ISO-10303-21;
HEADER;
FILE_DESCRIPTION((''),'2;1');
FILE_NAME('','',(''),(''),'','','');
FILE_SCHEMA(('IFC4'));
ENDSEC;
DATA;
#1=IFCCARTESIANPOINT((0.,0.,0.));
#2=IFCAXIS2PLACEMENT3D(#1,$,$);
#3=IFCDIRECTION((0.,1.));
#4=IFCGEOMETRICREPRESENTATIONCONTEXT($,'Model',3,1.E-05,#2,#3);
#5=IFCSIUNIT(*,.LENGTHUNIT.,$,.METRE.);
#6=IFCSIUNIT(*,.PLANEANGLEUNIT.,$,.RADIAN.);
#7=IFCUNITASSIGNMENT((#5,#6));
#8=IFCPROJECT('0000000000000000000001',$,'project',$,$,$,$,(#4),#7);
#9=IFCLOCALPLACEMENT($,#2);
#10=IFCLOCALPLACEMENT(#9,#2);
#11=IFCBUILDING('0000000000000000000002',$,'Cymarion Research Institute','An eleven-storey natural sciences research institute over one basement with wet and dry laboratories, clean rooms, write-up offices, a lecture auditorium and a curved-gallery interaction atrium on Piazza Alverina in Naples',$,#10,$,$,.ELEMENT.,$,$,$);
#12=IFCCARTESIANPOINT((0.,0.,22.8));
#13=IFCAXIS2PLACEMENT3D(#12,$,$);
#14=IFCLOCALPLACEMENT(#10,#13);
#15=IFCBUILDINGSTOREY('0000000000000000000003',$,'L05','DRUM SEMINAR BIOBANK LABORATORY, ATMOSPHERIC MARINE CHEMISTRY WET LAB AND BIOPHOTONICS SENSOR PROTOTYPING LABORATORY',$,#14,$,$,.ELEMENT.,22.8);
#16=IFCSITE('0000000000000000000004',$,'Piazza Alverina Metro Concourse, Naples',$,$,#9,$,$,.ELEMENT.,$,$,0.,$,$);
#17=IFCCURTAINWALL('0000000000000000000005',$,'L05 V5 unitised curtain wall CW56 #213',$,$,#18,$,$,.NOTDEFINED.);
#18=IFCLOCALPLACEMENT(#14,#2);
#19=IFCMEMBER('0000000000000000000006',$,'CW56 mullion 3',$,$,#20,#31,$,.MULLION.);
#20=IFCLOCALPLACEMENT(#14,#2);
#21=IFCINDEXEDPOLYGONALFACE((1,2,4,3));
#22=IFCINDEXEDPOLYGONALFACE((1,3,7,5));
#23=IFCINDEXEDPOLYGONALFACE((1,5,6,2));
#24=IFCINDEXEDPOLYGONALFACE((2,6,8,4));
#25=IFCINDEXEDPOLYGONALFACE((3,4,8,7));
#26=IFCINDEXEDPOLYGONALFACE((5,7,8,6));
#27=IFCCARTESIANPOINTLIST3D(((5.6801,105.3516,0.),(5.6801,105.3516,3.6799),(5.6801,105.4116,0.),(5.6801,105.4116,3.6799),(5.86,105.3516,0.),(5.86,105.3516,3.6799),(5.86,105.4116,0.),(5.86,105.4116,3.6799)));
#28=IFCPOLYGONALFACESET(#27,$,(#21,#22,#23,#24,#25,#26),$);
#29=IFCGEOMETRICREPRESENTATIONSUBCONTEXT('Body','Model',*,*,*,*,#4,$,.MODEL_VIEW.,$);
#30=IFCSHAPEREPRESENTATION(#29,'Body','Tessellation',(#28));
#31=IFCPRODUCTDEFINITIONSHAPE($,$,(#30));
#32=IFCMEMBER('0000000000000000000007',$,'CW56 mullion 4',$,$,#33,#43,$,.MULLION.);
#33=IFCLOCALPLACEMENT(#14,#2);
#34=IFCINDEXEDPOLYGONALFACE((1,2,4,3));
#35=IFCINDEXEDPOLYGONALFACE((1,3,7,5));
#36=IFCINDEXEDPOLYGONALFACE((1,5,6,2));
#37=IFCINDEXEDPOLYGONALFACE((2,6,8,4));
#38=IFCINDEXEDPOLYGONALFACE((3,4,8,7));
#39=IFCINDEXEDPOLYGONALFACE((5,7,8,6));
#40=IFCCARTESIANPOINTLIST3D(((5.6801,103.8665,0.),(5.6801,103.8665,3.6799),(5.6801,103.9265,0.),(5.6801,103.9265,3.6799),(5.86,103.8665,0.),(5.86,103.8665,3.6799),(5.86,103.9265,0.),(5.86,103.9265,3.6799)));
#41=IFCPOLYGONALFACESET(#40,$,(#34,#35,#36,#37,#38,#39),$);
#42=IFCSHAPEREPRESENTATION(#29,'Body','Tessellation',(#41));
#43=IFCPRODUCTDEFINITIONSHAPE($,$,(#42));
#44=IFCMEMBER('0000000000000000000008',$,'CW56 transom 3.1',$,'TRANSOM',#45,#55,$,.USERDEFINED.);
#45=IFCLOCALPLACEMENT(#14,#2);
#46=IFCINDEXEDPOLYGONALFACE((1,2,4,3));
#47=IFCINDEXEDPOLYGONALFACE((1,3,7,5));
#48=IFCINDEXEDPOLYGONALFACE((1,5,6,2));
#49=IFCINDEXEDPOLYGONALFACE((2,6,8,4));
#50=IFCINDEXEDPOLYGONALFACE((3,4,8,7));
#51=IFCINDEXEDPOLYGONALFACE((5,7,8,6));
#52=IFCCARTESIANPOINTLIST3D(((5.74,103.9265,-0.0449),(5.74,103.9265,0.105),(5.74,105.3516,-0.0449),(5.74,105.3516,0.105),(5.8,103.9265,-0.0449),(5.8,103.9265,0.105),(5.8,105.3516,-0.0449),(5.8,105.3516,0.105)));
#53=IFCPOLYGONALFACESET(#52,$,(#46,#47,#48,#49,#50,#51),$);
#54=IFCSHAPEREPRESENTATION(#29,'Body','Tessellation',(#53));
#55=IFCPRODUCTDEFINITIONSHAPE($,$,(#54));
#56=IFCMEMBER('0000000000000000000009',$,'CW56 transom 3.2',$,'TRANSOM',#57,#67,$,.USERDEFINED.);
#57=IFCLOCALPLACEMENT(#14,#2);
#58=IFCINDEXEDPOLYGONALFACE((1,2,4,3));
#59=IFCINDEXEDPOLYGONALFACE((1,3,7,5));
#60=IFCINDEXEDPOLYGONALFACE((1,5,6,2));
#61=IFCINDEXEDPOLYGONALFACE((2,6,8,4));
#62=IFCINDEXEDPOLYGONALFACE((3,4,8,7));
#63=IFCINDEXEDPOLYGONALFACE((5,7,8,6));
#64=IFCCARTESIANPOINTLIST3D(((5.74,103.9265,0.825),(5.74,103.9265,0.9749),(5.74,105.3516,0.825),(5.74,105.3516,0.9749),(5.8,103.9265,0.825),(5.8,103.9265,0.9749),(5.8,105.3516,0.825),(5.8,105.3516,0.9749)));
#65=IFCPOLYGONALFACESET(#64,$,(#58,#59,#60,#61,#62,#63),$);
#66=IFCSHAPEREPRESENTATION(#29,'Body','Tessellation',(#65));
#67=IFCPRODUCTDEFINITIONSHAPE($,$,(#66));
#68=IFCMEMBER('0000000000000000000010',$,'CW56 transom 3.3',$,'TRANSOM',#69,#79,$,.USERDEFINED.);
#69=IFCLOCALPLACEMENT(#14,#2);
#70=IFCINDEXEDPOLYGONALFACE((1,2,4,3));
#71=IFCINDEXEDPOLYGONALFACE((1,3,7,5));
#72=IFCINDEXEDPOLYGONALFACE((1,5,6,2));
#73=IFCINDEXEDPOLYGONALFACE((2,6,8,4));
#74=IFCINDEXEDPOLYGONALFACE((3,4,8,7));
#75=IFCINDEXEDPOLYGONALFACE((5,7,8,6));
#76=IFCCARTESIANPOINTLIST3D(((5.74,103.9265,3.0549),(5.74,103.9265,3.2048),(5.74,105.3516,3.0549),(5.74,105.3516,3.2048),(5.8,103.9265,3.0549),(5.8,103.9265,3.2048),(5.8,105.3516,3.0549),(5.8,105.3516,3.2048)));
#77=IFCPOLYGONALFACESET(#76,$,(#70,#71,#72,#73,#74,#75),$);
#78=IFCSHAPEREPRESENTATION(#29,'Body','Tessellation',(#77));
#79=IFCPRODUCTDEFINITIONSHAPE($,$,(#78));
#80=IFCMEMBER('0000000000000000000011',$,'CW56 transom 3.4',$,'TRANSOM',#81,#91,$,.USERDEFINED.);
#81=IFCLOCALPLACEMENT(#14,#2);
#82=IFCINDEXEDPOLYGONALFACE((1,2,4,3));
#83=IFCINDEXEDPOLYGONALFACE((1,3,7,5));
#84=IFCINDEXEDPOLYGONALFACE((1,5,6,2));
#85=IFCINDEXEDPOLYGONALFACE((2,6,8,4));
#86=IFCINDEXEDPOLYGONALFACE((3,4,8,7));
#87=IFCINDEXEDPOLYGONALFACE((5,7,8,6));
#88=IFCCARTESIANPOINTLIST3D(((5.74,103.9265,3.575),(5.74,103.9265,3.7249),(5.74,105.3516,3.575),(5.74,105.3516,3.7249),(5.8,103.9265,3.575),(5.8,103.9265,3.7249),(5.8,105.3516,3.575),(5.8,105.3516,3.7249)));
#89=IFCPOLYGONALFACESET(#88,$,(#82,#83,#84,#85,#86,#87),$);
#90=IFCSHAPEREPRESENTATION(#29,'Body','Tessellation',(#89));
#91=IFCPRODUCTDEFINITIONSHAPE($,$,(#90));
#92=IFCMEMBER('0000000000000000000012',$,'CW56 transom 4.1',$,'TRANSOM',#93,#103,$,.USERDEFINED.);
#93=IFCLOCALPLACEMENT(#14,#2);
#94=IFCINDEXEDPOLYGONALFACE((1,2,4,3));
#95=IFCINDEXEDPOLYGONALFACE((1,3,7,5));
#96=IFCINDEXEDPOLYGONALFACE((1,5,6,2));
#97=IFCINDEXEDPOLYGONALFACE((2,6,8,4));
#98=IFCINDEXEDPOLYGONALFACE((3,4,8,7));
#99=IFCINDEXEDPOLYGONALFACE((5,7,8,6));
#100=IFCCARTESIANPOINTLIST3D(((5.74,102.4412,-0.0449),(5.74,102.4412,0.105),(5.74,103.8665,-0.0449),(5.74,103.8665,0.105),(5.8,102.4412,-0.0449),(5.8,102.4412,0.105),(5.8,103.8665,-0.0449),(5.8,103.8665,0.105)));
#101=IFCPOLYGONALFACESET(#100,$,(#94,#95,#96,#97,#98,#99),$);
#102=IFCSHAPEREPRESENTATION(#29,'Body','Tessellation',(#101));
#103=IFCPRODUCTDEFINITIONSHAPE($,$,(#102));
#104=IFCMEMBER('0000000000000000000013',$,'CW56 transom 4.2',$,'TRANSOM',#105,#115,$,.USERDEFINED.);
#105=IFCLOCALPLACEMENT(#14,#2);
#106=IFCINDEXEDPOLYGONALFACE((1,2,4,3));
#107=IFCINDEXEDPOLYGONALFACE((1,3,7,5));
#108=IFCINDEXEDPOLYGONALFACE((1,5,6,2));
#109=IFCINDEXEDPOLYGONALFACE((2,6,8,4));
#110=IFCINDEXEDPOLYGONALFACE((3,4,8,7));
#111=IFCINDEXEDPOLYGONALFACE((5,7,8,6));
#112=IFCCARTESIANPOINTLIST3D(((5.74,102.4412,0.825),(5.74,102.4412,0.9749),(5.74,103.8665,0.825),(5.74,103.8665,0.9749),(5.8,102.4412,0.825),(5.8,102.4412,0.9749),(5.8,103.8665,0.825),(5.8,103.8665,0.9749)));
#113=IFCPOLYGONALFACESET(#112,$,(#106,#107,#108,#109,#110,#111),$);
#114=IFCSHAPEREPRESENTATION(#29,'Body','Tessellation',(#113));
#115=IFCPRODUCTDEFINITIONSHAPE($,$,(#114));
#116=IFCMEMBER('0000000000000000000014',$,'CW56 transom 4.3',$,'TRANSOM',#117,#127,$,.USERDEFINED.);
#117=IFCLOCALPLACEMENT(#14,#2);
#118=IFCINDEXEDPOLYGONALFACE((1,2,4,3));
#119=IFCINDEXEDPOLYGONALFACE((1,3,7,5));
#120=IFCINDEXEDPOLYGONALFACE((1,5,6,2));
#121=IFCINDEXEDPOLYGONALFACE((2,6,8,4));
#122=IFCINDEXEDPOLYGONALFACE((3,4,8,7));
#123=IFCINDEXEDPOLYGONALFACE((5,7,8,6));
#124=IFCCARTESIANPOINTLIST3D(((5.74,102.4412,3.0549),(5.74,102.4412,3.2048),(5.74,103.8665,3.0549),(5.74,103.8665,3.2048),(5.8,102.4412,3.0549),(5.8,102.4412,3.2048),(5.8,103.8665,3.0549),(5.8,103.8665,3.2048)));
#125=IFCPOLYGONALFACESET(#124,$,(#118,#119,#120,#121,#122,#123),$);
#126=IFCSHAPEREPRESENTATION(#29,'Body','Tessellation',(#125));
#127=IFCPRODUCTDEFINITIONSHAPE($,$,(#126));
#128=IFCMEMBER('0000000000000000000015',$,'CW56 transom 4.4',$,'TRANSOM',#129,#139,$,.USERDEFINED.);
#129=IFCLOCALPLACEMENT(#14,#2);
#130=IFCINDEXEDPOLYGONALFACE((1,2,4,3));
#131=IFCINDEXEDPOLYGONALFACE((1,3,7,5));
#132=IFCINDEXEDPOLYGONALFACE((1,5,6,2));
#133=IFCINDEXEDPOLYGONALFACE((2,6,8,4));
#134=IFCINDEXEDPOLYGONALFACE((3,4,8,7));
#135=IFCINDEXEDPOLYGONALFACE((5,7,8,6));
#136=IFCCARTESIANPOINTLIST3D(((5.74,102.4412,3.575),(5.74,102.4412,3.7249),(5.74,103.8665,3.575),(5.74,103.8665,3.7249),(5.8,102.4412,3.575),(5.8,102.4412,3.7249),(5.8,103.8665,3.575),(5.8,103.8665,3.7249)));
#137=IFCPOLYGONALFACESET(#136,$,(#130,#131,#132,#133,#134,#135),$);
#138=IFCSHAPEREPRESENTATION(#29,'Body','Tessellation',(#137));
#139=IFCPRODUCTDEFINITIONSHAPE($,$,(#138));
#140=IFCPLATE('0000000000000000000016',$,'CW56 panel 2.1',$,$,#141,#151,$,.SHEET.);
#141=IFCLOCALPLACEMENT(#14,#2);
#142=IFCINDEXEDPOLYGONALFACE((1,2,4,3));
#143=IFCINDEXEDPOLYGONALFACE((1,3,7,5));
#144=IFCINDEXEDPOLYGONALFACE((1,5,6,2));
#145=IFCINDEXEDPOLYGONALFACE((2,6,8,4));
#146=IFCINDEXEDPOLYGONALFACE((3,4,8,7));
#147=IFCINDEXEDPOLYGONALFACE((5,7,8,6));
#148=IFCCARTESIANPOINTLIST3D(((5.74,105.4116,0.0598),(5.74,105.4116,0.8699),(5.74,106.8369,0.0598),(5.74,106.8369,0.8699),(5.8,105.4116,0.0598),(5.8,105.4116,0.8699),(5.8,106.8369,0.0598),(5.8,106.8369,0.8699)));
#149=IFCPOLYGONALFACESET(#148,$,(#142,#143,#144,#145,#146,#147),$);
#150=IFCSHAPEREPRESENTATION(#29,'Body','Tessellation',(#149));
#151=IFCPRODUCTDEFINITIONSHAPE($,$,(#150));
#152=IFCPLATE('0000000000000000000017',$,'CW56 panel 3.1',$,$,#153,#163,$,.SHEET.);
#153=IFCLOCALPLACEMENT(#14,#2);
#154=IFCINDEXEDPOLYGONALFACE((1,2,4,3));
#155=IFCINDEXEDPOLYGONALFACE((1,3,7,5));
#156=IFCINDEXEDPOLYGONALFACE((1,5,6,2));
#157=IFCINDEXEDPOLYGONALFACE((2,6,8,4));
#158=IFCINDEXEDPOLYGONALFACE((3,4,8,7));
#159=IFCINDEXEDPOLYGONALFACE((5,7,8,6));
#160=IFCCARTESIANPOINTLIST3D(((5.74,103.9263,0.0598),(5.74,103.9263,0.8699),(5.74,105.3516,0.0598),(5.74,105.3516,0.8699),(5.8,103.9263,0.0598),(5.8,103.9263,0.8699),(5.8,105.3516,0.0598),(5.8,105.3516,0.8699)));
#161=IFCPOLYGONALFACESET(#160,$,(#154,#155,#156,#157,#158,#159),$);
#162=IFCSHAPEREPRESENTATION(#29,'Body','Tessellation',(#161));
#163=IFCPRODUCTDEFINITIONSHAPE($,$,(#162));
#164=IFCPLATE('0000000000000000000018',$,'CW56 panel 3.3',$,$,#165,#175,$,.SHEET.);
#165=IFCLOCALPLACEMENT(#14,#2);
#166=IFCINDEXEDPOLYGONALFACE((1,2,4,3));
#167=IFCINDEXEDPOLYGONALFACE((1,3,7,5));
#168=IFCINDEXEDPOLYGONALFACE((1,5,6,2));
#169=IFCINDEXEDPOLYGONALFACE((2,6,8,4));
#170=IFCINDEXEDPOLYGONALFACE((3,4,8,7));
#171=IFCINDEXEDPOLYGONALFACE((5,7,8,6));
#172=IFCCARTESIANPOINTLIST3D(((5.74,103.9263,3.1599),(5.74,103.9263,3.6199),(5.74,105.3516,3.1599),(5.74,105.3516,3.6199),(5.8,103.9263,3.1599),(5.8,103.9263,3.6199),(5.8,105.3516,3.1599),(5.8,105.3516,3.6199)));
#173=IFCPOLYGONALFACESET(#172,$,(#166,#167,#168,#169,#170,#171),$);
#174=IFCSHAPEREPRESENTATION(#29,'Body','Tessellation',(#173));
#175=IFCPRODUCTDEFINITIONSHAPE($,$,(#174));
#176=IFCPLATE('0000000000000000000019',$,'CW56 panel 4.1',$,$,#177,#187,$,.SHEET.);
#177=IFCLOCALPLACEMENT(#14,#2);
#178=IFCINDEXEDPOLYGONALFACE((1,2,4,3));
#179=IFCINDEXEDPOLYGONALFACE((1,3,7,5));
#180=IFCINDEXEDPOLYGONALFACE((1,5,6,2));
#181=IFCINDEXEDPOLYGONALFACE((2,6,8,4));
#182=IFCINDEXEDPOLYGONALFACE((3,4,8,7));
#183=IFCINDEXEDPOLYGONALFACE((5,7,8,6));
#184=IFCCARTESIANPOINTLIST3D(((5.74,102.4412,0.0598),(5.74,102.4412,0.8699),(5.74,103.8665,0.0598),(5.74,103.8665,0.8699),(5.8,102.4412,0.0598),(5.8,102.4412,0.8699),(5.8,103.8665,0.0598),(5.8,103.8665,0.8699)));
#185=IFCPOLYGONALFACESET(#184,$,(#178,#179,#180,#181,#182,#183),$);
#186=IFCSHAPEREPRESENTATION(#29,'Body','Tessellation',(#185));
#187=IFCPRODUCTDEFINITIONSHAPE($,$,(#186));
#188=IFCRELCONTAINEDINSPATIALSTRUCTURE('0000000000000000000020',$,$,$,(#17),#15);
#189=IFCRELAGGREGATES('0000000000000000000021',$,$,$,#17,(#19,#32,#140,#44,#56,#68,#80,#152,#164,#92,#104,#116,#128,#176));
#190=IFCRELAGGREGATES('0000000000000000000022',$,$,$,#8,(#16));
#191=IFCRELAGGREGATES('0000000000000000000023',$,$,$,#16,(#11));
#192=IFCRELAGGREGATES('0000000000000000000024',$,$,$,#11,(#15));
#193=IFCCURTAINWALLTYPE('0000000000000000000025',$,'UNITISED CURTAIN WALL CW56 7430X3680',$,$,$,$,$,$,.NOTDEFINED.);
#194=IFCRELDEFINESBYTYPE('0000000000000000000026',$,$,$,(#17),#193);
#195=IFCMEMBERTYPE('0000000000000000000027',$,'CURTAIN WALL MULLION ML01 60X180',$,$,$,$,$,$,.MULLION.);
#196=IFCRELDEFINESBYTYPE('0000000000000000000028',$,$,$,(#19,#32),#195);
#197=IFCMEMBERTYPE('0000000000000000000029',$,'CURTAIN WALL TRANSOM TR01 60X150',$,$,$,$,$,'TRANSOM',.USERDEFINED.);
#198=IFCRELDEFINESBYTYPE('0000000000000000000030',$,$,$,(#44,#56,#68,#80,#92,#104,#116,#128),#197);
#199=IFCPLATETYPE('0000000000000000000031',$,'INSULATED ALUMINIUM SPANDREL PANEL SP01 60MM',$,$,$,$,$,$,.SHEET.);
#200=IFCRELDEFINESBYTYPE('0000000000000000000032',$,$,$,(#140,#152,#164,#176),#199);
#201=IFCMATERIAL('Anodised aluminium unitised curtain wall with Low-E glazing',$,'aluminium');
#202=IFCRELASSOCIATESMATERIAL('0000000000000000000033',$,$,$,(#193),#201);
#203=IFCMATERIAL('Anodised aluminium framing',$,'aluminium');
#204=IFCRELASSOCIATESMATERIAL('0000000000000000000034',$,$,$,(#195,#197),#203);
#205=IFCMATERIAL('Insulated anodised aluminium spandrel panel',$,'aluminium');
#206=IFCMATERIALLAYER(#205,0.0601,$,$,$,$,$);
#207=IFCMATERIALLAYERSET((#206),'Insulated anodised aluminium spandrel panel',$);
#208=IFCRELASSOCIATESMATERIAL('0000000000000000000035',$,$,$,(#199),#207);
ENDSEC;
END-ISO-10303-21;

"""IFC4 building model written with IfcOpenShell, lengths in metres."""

from ifc_helpers import new_model, si_unit, direction, frame, origin, origin_2d, place, context, subcontext, project, spatial, rectangle, extrude, material, layer, layer_set, material_profile, profile_set, type_object, element, aggregate, save


model = new_model("IFC4")

# Units and contexts
model_context = context("Model", 3, precision=1e-05, world=origin(), true_north=direction((0.0, 1.0)))
body_context = subcontext(model_context, "Body", "Model", "MODEL_VIEW")
ifc_project = project(units=[si_unit("LENGTHUNIT", "METRE"), si_unit("PLANEANGLEUNIT", "RADIAN")], contexts=[model_context])

# Site, building, storey
site_placement = place(None, origin())
site = spatial("IfcSite", under=ifc_project, at=site_placement, Name="Piazza Alverina Metro Concourse, Naples", CompositionType="ELEMENT", RefElevation=0.0)
building_placement = place(site_placement, origin())
building = spatial("IfcBuilding", under=site, at=building_placement, Name="Cymarion Research Institute", Description="An eleven-storey natural sciences research institute over one basement with wet and dry laboratories, clean rooms, write-up offices, a lecture auditorium and a curved-gallery interaction atrium on Piazza Alverina in Naples", CompositionType="ELEMENT")
storey_placement = place(building_placement, frame((0.0, 0.0, 22.8)))
storey = spatial("IfcBuildingStorey", under=building, at=storey_placement, Name="L05", Description="DRUM SEMINAR BIOBANK LABORATORY, ATMOSPHERIC MARINE CHEMISTRY WET LAB AND BIOPHOTONICS SENSOR PROTOTYPING LABORATORY", CompositionType="ELEMENT", Elevation=22.8)

# Curtain wall, members, plates
ifc_material_1 = material(Name="Anodised aluminium unitised curtain wall with Low-E glazing", Category="aluminium")
curtain_wall_type = type_object("IfcCurtainWallType", Name="UNITISED CURTAIN WALL CW56 7430X3680", PredefinedType="NOTDEFINED", material=ifc_material_1)
curtain_wall_placement = place(storey_placement, origin())
curtain_wall = element("IfcCurtainWall", 1, at=curtain_wall_placement, inside=storey, type_object=curtain_wall_type, Name="L05 V5 unitised curtain wall CW56 #213", PredefinedType="NOTDEFINED")
ifc_material_2 = material(Name="Anodised aluminium framing", Category="aluminium")
ifc_material_profile_1 = material_profile(ifc_material_2, rectangle(XDim=0.0601, YDim=0.1799, at=origin_2d()), Name="ALU MULLION 60x180")
ifc_profile_set_1 = profile_set([ifc_material_profile_1], Name="Anodised aluminium framing")
member_type_1 = type_object("IfcMemberType", Name="CURTAIN WALL MULLION ML01 60X180", PredefinedType="MULLION", material=ifc_profile_set_1)
member_1_placement = place(storey_placement, frame((5.77, 105.3816, 0.0), z_axis=(0.0, 0.0, 1.0), x_axis=(0.0, -1.0, 0.0)))
member_1 = element("IfcMember", 2, at=member_1_placement, type_object=member_type_1, Name="CW56 mullion 3", PredefinedType="MULLION", context=body_context, shape_type="SweptSolid", body=[
    extrude(rectangle(XDim=0.0601, YDim=0.1799, at=origin_2d()), origin(), (0.0, 0.0, 1.0), 3.6799),
])
member_2_placement = place(storey_placement, frame((5.77, 103.8965, 0.0), z_axis=(0.0, 0.0, 1.0), x_axis=(0.0, -1.0, 0.0)))
member_2 = element("IfcMember", 3, at=member_2_placement, type_object=member_type_1, Name="CW56 mullion 4", PredefinedType="MULLION", context=body_context, shape_type="SweptSolid", body=[
    extrude(rectangle(XDim=0.0601, YDim=0.1799, at=origin_2d()), origin(), (0.0, 0.0, 1.0), 3.6799),
])
ifc_material_profile_2 = material_profile(ifc_material_2, rectangle(XDim=0.0601, YDim=0.1499, at=origin_2d()), Name="ALU TRANSOM 60x150")
ifc_profile_set_2 = profile_set([ifc_material_profile_2], Name="Anodised aluminium framing")
member_type_2 = type_object("IfcMemberType", Name="CURTAIN WALL TRANSOM TR01 60X150", ElementType="TRANSOM", PredefinedType="USERDEFINED", material=ifc_profile_set_2)
member_3_placement = place(storey_placement, frame((5.77, 105.3516, 0.03), z_axis=(0.0, -1.0, 0.0), x_axis=(1.0, 0.0, 0.0)))
member_3 = element("IfcMember", 4, at=member_3_placement, type_object=member_type_2, Name="CW56 transom 3.1", ObjectType="TRANSOM", PredefinedType="USERDEFINED", context=body_context, shape_type="SweptSolid", body=[
    extrude(rectangle(XDim=0.0601, YDim=0.1499, at=origin_2d()), origin(), (0.0, 0.0, 1.0), 1.425),
])
member_4_placement = place(storey_placement, frame((5.77, 105.3516, 0.8999), z_axis=(0.0, -1.0, 0.0), x_axis=(1.0, 0.0, 0.0)))
member_4 = element("IfcMember", 5, at=member_4_placement, type_object=member_type_2, Name="CW56 transom 3.2", ObjectType="TRANSOM", PredefinedType="USERDEFINED", context=body_context, shape_type="SweptSolid", body=[
    extrude(rectangle(XDim=0.0601, YDim=0.1499, at=origin_2d()), origin(), (0.0, 0.0, 1.0), 1.425),
])
member_5_placement = place(storey_placement, frame((5.77, 105.3516, 3.1299), z_axis=(0.0, -1.0, 0.0), x_axis=(1.0, 0.0, 0.0)))
member_5 = element("IfcMember", 6, at=member_5_placement, type_object=member_type_2, Name="CW56 transom 3.3", ObjectType="TRANSOM", PredefinedType="USERDEFINED", context=body_context, shape_type="SweptSolid", body=[
    extrude(rectangle(XDim=0.0601, YDim=0.1499, at=origin_2d()), origin(), (0.0, 0.0, 1.0), 1.425),
])
member_6_placement = place(storey_placement, frame((5.77, 105.3516, 3.6499), z_axis=(0.0, -1.0, 0.0), x_axis=(1.0, 0.0, 0.0)))
member_6 = element("IfcMember", 7, at=member_6_placement, type_object=member_type_2, Name="CW56 transom 3.4", ObjectType="TRANSOM", PredefinedType="USERDEFINED", context=body_context, shape_type="SweptSolid", body=[
    extrude(rectangle(XDim=0.0601, YDim=0.1499, at=origin_2d()), origin(), (0.0, 0.0, 1.0), 1.425),
])
member_7_placement = place(storey_placement, frame((5.77, 103.8665, 0.03), z_axis=(0.0, -1.0, 0.0), x_axis=(1.0, 0.0, 0.0)))
member_7 = element("IfcMember", 8, at=member_7_placement, type_object=member_type_2, Name="CW56 transom 4.1", ObjectType="TRANSOM", PredefinedType="USERDEFINED", context=body_context, shape_type="SweptSolid", body=[
    extrude(rectangle(XDim=0.0601, YDim=0.1499, at=origin_2d()), origin(), (0.0, 0.0, 1.0), 1.4253),
])
member_8_placement = place(storey_placement, frame((5.77, 103.8665, 0.8999), z_axis=(0.0, -1.0, 0.0), x_axis=(1.0, 0.0, 0.0)))
member_8 = element("IfcMember", 9, at=member_8_placement, type_object=member_type_2, Name="CW56 transom 4.2", ObjectType="TRANSOM", PredefinedType="USERDEFINED", context=body_context, shape_type="SweptSolid", body=[
    extrude(rectangle(XDim=0.0601, YDim=0.1499, at=origin_2d()), origin(), (0.0, 0.0, 1.0), 1.4253),
])
member_9_placement = place(storey_placement, frame((5.77, 103.8665, 3.1299), z_axis=(0.0, -1.0, 0.0), x_axis=(1.0, 0.0, 0.0)))
member_9 = element("IfcMember", 10, at=member_9_placement, type_object=member_type_2, Name="CW56 transom 4.3", ObjectType="TRANSOM", PredefinedType="USERDEFINED", context=body_context, shape_type="SweptSolid", body=[
    extrude(rectangle(XDim=0.0601, YDim=0.1499, at=origin_2d()), origin(), (0.0, 0.0, 1.0), 1.4253),
])
member_10_placement = place(storey_placement, frame((5.77, 103.8665, 3.6499), z_axis=(0.0, -1.0, 0.0), x_axis=(1.0, 0.0, 0.0)))
member_10 = element("IfcMember", 11, at=member_10_placement, type_object=member_type_2, Name="CW56 transom 4.4", ObjectType="TRANSOM", PredefinedType="USERDEFINED", context=body_context, shape_type="SweptSolid", body=[
    extrude(rectangle(XDim=0.0601, YDim=0.1499, at=origin_2d()), origin(), (0.0, 0.0, 1.0), 1.4253),
])
ifc_material_3 = material(Name="Insulated anodised aluminium spandrel panel", Category="aluminium")
ifc_layer_1 = layer(ifc_material_3, 0.0601)
ifc_layer_set_1 = layer_set([ifc_layer_1], Name="Insulated anodised aluminium spandrel panel")
plate_type_1 = type_object("IfcPlateType", Name="INSULATED ALUMINIUM SPANDREL PANEL SP01 60MM", PredefinedType="SHEET", material=ifc_layer_set_1)
plate_1_placement = place(storey_placement, frame((5.77, 106.1243, 0.0598), z_axis=(0.0, 0.0, 1.0), x_axis=(0.0, -1.0, 0.0)))
plate_1 = element("IfcPlate", 12, at=plate_1_placement, type_object=plate_type_1, Name="CW56 panel 2.1", PredefinedType="SHEET", context=body_context, shape_type="SweptSolid", body=[
    extrude(rectangle(XDim=1.4253, YDim=0.0601, at=origin_2d()), origin(), (0.0, 0.0, 1.0), 0.8101),
])
plate_2_placement = place(storey_placement, frame((5.77, 104.6389, 0.0598), z_axis=(0.0, 0.0, 1.0), x_axis=(0.0, -1.0, 0.0)))
plate_2 = element("IfcPlate", 13, at=plate_2_placement, type_object=plate_type_1, Name="CW56 panel 3.1", PredefinedType="SHEET", context=body_context, shape_type="SweptSolid", body=[
    extrude(rectangle(XDim=1.4253, YDim=0.0601, at=origin_2d()), origin(), (0.0, 0.0, 1.0), 0.8101),
])
plate_3_placement = place(storey_placement, frame((5.77, 104.6389, 3.1599), z_axis=(0.0, 0.0, 1.0), x_axis=(0.0, -1.0, 0.0)))
plate_3 = element("IfcPlate", 14, at=plate_3_placement, type_object=plate_type_1, Name="CW56 panel 3.3", PredefinedType="SHEET", context=body_context, shape_type="SweptSolid", body=[
    extrude(rectangle(XDim=1.4253, YDim=0.0601, at=origin_2d()), origin(), (0.0, 0.0, 1.0), 0.46),
])
plate_4_placement = place(storey_placement, frame((5.77, 103.1538, 0.0598), z_axis=(0.0, 0.0, 1.0), x_axis=(0.0, -1.0, 0.0)))
plate_4 = element("IfcPlate", 15, at=plate_4_placement, type_object=plate_type_1, Name="CW56 panel 4.1", PredefinedType="SHEET", context=body_context, shape_type="SweptSolid", body=[
    extrude(rectangle(XDim=1.4253, YDim=0.0601, at=origin_2d()), origin(), (0.0, 0.0, 1.0), 0.8101),
])
aggregate(curtain_wall, [member_1, member_2, plate_1, member_3, member_4, member_5, member_6, plate_2, plate_3, member_7, member_8, member_9, member_10, plate_4])

save(model, "model.ifc")
